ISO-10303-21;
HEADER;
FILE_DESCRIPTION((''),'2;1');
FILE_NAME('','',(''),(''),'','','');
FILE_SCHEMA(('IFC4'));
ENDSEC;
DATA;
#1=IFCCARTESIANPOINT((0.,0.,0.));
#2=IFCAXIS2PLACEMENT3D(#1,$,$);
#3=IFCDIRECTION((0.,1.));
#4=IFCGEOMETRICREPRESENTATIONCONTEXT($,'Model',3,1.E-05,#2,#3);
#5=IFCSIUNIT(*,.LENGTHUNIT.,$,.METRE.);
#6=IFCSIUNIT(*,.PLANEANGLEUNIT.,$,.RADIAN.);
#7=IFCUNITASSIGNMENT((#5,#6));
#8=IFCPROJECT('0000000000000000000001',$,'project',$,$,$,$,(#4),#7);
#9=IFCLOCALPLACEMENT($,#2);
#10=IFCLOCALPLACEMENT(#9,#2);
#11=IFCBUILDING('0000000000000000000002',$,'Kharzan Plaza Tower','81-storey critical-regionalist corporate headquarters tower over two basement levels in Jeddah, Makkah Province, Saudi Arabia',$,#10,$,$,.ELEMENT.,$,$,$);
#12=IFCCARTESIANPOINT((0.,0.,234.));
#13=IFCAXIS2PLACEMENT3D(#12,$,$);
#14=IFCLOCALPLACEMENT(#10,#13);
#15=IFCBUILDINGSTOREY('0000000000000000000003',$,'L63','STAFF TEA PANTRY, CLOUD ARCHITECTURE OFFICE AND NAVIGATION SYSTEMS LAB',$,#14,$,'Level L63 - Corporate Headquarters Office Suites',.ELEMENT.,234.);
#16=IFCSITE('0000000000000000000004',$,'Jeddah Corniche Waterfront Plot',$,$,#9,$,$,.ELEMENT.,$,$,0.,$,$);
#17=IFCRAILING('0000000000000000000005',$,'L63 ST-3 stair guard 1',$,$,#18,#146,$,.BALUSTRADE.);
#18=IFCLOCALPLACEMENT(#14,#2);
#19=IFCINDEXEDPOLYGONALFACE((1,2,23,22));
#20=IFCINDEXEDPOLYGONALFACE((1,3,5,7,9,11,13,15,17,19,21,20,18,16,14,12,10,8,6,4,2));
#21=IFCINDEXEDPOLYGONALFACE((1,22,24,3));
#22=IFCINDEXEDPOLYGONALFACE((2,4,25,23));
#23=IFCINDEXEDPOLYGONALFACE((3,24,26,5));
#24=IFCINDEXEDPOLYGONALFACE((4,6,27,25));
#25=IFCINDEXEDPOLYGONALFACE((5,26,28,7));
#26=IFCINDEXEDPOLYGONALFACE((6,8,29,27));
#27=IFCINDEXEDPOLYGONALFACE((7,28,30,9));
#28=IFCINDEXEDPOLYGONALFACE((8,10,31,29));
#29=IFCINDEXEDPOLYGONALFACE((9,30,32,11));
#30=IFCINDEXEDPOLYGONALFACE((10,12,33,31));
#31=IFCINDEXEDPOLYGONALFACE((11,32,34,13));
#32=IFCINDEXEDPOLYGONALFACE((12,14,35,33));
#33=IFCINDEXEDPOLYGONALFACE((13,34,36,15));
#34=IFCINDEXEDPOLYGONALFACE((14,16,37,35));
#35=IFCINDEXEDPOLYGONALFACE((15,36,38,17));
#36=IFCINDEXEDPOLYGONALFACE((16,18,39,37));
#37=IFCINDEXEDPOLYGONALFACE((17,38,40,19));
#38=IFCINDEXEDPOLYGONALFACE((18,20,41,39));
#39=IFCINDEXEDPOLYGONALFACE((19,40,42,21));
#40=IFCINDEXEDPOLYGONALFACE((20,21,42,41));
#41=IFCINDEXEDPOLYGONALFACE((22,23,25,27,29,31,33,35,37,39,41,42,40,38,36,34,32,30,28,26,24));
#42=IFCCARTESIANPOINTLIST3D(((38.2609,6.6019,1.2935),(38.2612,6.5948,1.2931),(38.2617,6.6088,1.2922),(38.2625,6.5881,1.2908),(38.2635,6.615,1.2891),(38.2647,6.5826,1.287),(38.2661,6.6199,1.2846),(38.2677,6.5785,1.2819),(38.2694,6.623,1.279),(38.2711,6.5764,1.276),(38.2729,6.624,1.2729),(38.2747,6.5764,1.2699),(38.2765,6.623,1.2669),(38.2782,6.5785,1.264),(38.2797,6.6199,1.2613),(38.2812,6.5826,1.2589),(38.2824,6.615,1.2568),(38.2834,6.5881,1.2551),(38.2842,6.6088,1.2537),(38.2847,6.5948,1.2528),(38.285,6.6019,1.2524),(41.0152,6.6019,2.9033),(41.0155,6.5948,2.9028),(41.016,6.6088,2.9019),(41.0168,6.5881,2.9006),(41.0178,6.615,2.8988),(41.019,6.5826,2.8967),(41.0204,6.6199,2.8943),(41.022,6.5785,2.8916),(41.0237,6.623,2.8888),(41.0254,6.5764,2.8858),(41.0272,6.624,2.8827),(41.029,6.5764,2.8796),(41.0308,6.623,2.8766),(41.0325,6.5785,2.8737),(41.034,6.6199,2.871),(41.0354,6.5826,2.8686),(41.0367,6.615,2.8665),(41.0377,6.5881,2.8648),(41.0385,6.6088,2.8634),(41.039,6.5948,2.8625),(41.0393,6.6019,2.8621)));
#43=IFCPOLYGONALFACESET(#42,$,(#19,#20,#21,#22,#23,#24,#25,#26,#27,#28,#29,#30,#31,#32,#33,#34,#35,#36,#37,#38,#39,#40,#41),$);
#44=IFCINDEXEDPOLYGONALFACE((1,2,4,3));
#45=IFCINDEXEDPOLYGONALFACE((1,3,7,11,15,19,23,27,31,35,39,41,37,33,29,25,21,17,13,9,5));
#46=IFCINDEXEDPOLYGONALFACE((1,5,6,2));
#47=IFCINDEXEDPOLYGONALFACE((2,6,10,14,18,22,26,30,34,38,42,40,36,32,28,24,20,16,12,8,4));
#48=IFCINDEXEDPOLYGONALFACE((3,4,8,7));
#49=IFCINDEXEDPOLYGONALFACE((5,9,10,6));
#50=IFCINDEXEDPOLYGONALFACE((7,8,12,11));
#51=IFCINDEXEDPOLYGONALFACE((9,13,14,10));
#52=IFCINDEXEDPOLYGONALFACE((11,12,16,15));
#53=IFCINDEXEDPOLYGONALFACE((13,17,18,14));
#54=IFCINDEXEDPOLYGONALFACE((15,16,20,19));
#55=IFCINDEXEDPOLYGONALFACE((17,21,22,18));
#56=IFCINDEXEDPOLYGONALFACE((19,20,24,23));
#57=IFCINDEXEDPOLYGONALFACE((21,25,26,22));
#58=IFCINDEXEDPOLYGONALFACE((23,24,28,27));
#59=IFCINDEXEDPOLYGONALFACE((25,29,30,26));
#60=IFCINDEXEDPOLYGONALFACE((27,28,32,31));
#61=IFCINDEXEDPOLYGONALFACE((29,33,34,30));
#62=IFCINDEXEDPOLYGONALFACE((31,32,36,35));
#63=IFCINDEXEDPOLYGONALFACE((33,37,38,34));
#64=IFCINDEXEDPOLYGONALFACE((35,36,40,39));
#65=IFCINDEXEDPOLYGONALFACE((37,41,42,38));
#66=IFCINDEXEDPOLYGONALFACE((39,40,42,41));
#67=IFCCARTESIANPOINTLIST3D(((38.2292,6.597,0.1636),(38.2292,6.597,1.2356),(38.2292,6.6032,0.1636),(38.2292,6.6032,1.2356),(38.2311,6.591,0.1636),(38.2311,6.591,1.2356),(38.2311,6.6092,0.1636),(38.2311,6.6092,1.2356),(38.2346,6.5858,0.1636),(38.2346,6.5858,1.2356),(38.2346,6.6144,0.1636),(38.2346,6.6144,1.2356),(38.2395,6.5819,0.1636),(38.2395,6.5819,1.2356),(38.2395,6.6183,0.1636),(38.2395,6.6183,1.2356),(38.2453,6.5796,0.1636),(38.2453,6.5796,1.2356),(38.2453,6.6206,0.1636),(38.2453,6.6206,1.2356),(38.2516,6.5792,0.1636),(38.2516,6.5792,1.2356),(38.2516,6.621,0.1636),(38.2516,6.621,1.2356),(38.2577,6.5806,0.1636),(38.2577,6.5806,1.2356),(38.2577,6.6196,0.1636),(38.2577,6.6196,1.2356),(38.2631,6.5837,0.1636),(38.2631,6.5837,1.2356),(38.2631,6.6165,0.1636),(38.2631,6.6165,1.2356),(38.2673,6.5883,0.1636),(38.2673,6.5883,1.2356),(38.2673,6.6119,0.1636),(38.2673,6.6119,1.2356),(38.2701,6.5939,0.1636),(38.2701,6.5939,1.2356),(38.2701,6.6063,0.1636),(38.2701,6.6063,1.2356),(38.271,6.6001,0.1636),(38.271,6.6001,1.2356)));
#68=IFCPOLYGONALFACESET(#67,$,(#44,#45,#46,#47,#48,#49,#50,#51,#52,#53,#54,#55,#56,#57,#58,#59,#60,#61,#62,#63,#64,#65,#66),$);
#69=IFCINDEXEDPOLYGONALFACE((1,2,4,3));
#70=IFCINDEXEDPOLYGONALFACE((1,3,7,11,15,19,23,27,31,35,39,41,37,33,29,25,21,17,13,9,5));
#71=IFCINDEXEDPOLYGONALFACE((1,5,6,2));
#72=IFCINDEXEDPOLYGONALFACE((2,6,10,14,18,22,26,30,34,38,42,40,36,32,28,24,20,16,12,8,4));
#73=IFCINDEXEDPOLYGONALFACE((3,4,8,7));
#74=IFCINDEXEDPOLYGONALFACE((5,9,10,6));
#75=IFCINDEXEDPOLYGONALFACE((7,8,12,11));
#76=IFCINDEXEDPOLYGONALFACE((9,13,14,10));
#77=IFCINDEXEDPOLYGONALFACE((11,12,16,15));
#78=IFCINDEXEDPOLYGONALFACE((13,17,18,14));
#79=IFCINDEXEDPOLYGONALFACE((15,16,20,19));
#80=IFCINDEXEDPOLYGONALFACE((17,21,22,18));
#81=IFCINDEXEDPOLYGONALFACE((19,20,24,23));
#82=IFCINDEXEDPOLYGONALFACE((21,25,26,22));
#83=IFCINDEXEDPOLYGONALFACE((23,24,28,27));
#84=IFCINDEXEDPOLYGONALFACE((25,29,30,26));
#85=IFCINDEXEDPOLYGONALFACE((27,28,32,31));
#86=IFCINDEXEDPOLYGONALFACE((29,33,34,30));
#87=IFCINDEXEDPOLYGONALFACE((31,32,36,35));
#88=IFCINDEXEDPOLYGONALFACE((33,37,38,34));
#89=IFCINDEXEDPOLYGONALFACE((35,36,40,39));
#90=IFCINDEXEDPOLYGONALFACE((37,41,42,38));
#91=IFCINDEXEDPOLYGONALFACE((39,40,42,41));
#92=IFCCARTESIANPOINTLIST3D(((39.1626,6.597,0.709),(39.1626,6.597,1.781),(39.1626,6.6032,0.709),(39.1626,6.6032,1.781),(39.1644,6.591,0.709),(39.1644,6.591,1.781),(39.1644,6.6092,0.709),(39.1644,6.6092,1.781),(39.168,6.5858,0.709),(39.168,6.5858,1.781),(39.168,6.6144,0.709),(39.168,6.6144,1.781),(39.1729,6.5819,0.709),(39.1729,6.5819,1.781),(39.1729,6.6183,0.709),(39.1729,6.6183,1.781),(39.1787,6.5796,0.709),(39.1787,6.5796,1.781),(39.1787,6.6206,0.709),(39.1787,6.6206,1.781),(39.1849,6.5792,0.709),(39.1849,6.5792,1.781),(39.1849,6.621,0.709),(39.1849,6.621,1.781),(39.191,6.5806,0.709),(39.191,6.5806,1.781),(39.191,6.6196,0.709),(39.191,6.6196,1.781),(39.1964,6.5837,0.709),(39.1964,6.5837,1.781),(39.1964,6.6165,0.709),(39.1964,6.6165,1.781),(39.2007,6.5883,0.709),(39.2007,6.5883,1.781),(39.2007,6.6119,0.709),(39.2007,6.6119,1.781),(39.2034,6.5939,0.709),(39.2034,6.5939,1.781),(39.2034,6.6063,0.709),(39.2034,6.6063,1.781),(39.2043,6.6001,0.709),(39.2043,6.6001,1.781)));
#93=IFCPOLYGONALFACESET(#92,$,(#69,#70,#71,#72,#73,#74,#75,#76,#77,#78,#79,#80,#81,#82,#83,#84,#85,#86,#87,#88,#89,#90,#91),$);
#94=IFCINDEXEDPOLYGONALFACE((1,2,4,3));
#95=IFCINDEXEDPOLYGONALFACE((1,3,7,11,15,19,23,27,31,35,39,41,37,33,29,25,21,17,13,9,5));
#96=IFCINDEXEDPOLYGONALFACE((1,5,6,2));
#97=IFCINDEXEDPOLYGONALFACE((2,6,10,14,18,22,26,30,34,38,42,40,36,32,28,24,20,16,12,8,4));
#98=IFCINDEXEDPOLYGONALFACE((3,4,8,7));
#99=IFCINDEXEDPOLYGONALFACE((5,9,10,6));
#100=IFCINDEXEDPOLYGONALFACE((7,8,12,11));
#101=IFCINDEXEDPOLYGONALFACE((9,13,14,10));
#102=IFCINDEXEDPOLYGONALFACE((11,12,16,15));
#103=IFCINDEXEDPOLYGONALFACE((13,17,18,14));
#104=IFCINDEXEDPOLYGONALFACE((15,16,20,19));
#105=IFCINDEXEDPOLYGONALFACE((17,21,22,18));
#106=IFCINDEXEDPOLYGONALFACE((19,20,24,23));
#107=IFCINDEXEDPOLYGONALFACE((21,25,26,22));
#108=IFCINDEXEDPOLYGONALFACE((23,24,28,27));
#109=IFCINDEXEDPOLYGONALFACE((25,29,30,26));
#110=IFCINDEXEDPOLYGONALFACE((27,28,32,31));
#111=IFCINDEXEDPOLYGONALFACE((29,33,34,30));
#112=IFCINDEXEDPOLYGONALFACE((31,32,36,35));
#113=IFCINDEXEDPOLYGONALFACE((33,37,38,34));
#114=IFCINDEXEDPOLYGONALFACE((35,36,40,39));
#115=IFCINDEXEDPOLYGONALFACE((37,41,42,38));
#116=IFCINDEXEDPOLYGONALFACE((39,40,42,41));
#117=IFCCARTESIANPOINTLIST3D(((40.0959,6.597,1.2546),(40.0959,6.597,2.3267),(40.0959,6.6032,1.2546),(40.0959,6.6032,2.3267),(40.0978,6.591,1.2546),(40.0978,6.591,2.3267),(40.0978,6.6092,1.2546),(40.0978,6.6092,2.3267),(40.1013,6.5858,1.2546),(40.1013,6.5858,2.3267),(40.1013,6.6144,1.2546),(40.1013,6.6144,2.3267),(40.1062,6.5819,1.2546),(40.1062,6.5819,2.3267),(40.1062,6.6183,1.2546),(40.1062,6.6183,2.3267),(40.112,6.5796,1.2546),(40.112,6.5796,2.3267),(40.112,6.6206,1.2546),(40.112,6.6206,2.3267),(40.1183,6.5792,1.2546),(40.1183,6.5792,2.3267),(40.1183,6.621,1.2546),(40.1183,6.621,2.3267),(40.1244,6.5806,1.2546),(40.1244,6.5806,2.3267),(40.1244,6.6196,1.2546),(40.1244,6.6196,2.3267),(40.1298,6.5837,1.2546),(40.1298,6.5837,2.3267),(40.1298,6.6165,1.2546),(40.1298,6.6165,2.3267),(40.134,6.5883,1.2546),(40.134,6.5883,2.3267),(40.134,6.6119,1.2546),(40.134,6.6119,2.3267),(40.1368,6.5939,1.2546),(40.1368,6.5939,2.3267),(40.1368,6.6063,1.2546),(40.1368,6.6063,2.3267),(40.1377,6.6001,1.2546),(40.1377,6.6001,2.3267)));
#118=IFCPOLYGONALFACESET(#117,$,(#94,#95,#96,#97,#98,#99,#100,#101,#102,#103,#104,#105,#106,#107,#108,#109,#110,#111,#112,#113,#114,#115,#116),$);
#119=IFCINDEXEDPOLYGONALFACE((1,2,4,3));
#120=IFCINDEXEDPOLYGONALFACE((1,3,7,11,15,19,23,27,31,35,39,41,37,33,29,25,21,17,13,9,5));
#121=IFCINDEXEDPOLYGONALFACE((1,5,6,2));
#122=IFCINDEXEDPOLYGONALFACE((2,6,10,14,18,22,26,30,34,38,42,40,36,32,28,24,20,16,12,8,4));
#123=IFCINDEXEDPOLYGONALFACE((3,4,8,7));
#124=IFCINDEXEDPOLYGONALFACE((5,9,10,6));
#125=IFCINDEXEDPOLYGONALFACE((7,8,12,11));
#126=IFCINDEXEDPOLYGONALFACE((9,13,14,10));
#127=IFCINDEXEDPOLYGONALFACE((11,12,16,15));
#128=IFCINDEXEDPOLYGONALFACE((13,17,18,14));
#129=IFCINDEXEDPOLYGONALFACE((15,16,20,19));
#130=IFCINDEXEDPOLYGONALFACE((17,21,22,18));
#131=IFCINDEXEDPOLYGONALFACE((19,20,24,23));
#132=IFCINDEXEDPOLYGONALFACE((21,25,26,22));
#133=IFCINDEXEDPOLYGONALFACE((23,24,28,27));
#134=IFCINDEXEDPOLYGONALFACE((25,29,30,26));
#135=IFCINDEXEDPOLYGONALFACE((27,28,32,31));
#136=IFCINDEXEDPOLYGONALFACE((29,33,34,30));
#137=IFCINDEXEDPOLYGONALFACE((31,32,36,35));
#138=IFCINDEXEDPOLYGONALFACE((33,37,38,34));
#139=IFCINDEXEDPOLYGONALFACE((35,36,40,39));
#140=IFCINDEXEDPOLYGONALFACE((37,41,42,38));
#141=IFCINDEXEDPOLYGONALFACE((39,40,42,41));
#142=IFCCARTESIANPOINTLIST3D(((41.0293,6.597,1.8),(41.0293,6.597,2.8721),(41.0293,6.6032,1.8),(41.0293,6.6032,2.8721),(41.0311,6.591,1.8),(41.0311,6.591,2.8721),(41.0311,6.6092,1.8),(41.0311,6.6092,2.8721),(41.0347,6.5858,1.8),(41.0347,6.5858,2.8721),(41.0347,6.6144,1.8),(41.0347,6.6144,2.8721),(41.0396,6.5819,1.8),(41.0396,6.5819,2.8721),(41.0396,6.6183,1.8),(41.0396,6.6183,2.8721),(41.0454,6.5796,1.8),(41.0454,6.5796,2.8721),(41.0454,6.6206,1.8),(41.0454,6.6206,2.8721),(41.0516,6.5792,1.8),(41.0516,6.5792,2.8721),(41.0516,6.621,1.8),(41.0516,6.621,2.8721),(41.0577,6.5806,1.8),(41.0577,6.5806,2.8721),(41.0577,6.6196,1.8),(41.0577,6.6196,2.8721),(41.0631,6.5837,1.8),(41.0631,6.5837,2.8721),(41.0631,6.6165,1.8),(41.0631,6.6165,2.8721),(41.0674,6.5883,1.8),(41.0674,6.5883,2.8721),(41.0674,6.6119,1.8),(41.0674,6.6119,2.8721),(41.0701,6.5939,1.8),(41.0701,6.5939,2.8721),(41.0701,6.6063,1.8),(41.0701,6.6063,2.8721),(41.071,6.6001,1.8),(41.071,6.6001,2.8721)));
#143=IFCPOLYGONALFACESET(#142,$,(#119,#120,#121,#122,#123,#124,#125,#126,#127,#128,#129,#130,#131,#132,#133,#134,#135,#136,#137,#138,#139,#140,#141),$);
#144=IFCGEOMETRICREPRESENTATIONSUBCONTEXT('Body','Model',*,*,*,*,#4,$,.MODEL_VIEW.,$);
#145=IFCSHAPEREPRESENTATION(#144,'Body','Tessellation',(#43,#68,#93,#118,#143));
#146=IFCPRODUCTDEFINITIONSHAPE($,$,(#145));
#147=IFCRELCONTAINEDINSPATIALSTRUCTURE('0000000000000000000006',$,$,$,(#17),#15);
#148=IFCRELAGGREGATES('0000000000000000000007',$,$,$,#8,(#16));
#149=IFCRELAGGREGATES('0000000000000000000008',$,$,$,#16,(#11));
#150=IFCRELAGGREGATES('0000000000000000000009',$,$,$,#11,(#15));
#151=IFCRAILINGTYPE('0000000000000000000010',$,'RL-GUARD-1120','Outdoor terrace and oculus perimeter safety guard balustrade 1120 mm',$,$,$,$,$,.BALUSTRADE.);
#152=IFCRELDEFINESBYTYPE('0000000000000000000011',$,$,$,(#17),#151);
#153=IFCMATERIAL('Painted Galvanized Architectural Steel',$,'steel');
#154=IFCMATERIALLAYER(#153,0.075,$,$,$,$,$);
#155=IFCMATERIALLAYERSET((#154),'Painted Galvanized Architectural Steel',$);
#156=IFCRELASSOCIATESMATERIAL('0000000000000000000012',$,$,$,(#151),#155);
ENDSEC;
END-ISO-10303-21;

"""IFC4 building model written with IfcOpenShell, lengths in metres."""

from ifc_helpers import new_model, si_unit, direction, frame, origin, origin_2d, place, context, subcontext, project, spatial, circle, extrude, source, transform, mapped, material, layer, layer_set, type_object, element, save


model = new_model("IFC4")

# Units and contexts
model_context = context("Model", 3, precision=1e-05, world=origin(), true_north=direction((0.0, 1.0)))
body_context = subcontext(model_context, "Body", "Model", "MODEL_VIEW")
ifc_project = project(units=[si_unit("LENGTHUNIT", "METRE"), si_unit("PLANEANGLEUNIT", "RADIAN")], contexts=[model_context])

# Site, building, storey
site_placement = place(None, origin())
site = spatial("IfcSite", under=ifc_project, at=site_placement, Name="Jeddah Corniche Waterfront Plot", CompositionType="ELEMENT", RefElevation=0.0)
building_placement = place(site_placement, origin())
building = spatial("IfcBuilding", under=site, at=building_placement, Name="Kharzan Plaza Tower", Description="81-storey critical-regionalist corporate headquarters tower over two basement levels in Jeddah, Makkah Province, Saudi Arabia", CompositionType="ELEMENT")
storey_placement = place(building_placement, frame((0.0, 0.0, 234.0)))
storey = spatial("IfcBuildingStorey", under=building, at=storey_placement, Name="L63", Description="STAFF TEA PANTRY, CLOUD ARCHITECTURE OFFICE AND NAVIGATION SYSTEMS LAB", LongName="Level L63 - Corporate Headquarters Office Suites", CompositionType="ELEMENT", Elevation=234.0)

# Railing
ifc_material_1 = material(Name="Painted Galvanized Architectural Steel", Category="steel")
ifc_layer_1 = layer(ifc_material_1, 0.075)
ifc_layer_set_1 = layer_set([ifc_layer_1], Name="Painted Galvanized Architectural Steel")
railing_type_1 = type_object("IfcRailingType", Name="RL-GUARD-1120", Description="Outdoor terrace and oculus perimeter safety guard balustrade 1120 mm", PredefinedType="BALUSTRADE", material=ifc_layer_set_1)
shared_shape_1 = source(origin(), body_context, "Body", "SweptSolid", [
    extrude(circle(Radius=0.0239, at=origin_2d()), frame((0.0229, 0.0, 1.1094), z_axis=(0.863361, 0.0, 0.504587), x_axis=(0.0, 1.0, 0.0)), (0.0, 0.0, 1.0), 3.1902),
    extrude(circle(Radius=0.021, at=origin_2d()), origin(), (0.0, 0.0, 1.0), 1.072),
    extrude(circle(Radius=0.021, at=origin_2d()), frame((0.9333, 0.0, 0.5454)), (0.0, 0.0, 1.0), 1.072),
    extrude(circle(Radius=0.021, at=origin_2d()), frame((1.8667, 0.0, 1.0911)), (0.0, 0.0, 1.0), 1.072),
    extrude(circle(Radius=0.021, at=origin_2d()), frame((2.8, 0.0, 1.6365)), (0.0, 0.0, 1.0), 1.072),
])
railing_1_placement = place(storey_placement, frame((38.25, 6.6001, 0.1636)))
element("IfcRailing", 1, at=railing_1_placement, inside=storey, type_object=railing_type_1, Name="L63 ST-3 stair guard 1", PredefinedType="BALUSTRADE", context=body_context, shape_type="MappedRepresentation", body=[
    mapped(shared_shape_1, transform((0.0, 0.0, 0.0), x_axis=(1.0, 0.0, 0.0), y_axis=(0.0, 1.0, 0.0), z_axis=(0.0, 0.0, 1.0))),
])

save(model, "model.ifc")
